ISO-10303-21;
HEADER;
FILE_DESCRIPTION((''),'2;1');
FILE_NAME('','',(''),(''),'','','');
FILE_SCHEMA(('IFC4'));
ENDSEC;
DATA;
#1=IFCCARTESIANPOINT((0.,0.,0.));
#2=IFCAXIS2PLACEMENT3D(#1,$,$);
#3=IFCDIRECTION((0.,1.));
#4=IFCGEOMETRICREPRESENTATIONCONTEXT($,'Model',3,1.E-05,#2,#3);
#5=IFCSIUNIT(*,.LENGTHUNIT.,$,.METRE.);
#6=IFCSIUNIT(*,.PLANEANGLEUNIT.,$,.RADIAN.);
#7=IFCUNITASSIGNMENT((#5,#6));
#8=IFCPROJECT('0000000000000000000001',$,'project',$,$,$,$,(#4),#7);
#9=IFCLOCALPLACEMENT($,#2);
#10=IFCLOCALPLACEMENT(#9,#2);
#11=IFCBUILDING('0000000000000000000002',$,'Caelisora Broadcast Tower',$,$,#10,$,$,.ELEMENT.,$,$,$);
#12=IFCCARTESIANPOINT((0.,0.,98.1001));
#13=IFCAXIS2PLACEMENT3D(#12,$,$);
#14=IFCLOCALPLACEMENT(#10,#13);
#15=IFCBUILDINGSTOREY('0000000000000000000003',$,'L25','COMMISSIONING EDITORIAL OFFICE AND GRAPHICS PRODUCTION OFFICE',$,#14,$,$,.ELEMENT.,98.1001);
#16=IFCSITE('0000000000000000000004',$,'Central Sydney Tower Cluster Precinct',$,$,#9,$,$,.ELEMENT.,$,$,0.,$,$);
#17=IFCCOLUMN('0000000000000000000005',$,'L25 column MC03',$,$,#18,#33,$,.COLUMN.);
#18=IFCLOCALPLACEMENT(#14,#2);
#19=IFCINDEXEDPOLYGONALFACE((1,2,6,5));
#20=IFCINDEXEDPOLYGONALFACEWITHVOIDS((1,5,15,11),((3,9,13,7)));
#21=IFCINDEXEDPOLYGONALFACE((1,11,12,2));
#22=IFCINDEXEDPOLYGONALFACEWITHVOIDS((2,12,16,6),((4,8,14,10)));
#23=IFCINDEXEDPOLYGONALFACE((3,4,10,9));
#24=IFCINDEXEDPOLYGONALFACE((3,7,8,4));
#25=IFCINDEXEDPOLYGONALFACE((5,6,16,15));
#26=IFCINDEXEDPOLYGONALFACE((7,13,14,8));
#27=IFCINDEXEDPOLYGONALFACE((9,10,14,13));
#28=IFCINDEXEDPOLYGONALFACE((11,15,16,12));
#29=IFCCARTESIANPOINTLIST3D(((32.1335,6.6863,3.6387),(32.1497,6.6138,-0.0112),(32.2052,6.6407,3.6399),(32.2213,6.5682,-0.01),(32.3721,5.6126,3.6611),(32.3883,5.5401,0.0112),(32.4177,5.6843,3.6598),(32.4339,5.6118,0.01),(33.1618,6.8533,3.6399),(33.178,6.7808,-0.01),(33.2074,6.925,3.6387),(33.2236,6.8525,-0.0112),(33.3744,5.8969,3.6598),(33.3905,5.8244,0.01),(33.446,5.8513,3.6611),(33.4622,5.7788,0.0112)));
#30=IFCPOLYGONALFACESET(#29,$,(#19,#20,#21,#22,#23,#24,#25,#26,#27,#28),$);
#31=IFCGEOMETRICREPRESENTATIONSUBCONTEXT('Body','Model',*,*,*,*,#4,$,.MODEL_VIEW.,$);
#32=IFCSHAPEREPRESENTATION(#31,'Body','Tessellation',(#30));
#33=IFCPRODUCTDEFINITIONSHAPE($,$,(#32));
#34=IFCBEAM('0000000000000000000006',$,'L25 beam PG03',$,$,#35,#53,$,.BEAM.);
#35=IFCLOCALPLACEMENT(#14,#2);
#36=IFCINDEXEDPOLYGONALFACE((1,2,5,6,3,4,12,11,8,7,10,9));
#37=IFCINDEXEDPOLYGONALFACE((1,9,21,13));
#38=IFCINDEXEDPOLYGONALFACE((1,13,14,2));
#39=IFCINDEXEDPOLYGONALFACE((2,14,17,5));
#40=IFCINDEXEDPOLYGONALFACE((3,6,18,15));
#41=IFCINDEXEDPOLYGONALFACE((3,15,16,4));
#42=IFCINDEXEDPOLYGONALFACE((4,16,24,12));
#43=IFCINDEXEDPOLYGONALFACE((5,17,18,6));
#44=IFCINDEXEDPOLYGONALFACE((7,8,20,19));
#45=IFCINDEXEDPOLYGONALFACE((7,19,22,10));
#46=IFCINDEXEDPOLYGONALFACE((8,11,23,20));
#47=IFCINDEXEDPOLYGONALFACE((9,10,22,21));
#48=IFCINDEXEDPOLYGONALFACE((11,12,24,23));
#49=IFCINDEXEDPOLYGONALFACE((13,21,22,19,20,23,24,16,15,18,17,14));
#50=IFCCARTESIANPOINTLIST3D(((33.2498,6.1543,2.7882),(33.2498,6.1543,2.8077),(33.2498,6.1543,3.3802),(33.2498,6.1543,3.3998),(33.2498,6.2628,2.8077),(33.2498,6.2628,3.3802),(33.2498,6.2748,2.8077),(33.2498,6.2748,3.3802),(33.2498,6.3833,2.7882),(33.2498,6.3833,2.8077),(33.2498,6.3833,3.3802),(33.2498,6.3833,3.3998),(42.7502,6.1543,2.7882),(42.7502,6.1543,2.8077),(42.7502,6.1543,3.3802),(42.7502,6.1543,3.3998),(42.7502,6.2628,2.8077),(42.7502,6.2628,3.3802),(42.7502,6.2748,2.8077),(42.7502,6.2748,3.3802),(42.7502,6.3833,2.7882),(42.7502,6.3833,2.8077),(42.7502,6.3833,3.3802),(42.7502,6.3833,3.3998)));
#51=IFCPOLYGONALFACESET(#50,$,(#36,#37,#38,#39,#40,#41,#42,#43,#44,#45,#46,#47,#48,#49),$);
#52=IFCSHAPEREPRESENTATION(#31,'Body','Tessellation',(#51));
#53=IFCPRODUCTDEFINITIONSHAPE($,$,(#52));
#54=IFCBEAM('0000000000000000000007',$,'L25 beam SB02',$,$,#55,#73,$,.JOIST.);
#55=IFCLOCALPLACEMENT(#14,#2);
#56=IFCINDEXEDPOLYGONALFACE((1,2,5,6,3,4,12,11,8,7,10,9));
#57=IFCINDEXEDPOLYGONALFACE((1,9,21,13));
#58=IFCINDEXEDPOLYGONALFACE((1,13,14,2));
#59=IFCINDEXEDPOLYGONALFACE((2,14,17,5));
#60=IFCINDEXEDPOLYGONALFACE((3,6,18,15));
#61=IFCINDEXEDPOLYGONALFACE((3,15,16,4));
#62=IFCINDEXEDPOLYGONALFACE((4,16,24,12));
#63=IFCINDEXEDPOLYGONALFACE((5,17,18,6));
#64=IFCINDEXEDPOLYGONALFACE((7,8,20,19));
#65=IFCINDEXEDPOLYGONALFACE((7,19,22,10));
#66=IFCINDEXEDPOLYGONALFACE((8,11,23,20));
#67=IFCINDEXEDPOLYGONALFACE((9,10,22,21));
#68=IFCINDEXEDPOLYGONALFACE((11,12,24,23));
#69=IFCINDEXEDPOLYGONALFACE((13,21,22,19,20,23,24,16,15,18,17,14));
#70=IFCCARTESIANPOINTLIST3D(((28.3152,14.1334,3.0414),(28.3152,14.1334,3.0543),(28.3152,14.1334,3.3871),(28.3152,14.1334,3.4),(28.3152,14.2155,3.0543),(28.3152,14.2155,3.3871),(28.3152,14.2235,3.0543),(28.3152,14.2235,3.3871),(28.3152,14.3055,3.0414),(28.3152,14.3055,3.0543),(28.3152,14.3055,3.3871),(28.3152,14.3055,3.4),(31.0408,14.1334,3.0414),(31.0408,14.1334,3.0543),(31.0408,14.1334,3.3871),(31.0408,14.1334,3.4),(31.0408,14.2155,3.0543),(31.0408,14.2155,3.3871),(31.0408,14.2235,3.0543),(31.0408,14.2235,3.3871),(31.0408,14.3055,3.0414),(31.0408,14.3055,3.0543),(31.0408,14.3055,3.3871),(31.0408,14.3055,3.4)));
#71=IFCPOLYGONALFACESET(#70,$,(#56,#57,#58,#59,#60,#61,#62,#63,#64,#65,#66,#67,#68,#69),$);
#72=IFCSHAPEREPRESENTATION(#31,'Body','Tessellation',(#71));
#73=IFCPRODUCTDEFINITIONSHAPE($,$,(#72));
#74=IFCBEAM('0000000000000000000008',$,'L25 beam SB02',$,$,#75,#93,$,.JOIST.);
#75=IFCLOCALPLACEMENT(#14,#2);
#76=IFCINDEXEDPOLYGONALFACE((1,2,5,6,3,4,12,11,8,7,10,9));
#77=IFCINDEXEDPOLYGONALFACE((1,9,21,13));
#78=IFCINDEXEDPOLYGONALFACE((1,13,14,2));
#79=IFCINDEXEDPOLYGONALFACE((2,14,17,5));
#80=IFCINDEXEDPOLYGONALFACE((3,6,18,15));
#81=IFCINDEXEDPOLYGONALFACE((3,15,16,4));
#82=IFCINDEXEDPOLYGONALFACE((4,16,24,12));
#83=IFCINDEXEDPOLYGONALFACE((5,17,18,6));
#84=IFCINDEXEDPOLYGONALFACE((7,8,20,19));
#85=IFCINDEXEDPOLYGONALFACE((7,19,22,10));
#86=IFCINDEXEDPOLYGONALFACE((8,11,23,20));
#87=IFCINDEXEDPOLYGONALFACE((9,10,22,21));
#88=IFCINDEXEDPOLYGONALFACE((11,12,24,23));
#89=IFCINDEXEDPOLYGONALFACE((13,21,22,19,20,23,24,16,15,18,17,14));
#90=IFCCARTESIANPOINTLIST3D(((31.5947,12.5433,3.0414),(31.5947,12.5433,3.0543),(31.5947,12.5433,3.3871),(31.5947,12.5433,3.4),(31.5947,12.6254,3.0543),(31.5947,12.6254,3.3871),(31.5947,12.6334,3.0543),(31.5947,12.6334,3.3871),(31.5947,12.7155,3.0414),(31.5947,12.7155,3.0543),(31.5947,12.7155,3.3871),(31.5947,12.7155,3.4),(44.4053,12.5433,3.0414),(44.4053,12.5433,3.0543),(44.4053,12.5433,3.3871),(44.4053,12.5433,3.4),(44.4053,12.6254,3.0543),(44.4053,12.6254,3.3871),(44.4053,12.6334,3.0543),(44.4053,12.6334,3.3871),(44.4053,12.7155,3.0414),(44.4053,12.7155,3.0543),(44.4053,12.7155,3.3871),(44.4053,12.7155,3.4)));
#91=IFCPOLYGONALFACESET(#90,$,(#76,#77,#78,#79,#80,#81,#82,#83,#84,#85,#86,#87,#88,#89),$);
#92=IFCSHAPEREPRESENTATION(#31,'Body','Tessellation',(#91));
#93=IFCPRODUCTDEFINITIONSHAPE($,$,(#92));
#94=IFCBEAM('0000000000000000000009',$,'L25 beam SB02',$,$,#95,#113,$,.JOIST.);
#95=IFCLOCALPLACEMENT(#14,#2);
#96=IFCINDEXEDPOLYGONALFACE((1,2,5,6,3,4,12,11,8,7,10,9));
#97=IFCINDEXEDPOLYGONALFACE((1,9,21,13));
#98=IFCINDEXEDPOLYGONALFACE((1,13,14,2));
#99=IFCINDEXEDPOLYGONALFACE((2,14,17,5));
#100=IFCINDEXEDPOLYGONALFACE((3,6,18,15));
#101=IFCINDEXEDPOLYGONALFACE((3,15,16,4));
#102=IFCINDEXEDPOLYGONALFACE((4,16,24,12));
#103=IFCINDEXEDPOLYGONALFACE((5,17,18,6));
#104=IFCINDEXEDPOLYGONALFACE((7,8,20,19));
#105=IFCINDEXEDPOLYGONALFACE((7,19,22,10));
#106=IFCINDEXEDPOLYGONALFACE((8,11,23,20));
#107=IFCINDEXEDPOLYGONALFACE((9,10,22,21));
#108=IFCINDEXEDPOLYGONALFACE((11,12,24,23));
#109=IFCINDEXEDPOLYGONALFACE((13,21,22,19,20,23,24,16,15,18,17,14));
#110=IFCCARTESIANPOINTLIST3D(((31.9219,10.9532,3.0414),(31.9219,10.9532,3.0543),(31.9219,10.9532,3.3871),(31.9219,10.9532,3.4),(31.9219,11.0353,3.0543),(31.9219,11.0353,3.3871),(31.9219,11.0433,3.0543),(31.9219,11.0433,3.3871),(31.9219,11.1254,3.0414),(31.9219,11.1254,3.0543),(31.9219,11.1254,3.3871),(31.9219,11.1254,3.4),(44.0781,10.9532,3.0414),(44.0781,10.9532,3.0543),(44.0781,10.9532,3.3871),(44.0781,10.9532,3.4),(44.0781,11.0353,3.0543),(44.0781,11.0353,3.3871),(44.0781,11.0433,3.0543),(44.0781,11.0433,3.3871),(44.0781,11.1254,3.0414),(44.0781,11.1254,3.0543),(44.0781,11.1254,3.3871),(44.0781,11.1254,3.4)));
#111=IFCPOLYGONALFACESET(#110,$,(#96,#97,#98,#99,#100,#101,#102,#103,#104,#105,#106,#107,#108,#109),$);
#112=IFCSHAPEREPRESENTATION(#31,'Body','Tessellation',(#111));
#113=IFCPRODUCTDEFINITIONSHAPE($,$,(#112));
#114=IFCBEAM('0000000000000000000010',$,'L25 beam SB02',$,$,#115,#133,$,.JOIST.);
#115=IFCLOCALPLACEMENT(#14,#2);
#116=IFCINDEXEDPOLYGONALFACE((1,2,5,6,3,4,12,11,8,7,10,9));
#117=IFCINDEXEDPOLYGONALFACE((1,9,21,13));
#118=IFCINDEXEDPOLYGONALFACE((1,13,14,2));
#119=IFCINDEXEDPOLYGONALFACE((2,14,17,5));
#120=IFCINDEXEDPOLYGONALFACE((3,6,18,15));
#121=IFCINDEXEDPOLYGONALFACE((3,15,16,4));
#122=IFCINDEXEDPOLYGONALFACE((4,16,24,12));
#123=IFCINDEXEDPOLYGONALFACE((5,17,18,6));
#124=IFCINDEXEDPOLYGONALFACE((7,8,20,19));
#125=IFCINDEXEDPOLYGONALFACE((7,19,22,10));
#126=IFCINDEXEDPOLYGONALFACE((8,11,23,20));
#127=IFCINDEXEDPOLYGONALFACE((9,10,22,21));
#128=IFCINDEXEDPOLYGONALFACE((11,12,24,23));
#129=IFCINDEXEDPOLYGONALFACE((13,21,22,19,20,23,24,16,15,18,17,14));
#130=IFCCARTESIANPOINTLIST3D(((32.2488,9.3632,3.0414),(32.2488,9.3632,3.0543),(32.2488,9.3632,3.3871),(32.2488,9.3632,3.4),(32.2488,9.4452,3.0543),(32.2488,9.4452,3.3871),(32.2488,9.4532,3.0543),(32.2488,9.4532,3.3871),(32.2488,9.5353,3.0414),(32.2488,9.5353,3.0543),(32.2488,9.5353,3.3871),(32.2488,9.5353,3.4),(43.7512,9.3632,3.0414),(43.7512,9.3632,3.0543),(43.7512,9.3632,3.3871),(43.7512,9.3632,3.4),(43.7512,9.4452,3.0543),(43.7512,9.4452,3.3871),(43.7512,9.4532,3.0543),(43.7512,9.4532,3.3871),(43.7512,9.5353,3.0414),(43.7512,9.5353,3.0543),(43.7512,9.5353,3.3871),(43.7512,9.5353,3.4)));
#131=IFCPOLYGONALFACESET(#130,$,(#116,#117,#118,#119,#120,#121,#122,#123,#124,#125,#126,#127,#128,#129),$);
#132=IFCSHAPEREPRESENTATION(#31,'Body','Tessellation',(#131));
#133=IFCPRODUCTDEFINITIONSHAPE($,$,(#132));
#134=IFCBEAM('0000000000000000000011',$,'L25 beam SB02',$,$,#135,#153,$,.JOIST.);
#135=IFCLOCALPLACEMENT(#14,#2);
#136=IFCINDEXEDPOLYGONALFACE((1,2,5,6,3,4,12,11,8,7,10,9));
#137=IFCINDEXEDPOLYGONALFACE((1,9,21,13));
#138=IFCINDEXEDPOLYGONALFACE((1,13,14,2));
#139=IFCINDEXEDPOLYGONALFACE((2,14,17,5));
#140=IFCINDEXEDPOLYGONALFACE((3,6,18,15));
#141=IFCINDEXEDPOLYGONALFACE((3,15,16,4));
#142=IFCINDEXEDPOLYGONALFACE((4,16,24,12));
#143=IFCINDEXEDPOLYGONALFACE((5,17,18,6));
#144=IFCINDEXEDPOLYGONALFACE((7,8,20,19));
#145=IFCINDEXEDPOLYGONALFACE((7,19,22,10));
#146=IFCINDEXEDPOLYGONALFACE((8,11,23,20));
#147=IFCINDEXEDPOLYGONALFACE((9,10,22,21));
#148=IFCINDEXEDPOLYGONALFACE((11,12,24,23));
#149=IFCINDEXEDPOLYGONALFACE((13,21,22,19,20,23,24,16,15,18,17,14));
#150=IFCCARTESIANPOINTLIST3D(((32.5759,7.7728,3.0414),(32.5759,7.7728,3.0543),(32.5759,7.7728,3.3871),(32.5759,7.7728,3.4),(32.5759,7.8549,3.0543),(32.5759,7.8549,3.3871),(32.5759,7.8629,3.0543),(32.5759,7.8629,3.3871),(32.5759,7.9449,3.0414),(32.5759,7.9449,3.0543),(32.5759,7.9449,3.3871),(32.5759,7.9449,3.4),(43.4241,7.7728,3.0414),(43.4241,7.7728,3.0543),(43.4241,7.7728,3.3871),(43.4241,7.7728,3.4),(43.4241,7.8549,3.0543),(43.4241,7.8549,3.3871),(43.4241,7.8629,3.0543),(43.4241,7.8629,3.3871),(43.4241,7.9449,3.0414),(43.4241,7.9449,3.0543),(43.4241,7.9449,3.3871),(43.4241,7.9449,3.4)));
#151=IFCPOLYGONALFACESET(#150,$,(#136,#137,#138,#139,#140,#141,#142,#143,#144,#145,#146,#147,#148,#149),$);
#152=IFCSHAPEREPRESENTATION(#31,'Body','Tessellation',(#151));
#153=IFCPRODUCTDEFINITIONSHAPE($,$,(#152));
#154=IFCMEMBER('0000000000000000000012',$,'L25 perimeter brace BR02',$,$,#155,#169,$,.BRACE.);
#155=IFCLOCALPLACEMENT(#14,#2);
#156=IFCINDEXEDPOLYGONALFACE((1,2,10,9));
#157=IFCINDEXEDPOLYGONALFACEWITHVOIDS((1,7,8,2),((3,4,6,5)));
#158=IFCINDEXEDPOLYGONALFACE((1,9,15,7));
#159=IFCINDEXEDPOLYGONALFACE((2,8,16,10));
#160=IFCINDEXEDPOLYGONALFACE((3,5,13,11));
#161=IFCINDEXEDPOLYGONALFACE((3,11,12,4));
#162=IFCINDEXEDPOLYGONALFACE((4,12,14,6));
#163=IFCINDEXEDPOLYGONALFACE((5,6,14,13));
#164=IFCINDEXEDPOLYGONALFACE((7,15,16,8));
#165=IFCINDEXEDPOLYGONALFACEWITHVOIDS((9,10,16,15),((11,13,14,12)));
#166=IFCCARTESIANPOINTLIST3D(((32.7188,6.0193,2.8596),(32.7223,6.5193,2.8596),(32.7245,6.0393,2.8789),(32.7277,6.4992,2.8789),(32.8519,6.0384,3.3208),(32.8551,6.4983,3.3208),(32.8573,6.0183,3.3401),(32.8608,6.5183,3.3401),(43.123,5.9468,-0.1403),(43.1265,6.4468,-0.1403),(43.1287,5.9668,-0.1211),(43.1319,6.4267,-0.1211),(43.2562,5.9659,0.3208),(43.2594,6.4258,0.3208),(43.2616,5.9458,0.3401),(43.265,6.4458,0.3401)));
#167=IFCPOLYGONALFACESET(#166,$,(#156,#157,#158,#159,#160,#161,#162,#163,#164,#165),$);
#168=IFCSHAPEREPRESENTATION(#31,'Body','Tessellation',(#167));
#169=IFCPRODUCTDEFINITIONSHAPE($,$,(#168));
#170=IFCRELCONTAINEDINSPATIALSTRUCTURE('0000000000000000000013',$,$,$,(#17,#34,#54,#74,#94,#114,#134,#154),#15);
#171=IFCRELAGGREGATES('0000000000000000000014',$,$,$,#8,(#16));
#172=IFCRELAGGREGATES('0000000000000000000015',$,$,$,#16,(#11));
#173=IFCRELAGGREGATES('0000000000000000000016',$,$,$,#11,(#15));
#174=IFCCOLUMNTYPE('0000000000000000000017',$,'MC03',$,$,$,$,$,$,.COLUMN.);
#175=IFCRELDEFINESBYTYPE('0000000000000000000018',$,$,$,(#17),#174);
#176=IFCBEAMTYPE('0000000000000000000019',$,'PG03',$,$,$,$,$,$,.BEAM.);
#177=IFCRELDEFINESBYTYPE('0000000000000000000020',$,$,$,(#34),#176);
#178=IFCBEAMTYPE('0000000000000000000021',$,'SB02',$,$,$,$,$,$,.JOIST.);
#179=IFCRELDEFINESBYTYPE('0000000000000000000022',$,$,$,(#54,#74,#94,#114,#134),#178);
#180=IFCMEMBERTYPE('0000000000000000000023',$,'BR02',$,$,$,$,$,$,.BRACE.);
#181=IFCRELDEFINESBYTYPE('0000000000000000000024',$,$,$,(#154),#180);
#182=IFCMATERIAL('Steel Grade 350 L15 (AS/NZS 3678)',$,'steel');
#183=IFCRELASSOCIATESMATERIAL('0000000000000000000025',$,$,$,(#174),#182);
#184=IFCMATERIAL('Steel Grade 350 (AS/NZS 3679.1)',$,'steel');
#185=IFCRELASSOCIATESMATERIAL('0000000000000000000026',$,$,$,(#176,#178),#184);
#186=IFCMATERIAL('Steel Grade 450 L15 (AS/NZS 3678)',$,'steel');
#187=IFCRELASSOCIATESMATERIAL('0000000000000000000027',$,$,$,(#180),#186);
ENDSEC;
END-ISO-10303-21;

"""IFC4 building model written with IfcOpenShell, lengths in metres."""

from ifc_helpers import new_model, si_unit, direction, frame, origin, origin_2d, place, context, subcontext, project, spatial, hollow_rectangle, i_section, extrude, source, transform, mapped, material, material_profile, profile_set, type_object, type_shapes, element, save


model = new_model("IFC4")

# Units and contexts
model_context = context("Model", 3, precision=1e-05, world=origin(), true_north=direction((0.0, 1.0)))
body_context = subcontext(model_context, "Body", "Model", "MODEL_VIEW")
ifc_project = project(units=[si_unit("LENGTHUNIT", "METRE"), si_unit("PLANEANGLEUNIT", "RADIAN")], contexts=[model_context])

# Site, building, storey
site_placement = place(None, origin())
site = spatial("IfcSite", under=ifc_project, at=site_placement, Name="Central Sydney Tower Cluster Precinct", CompositionType="ELEMENT", RefElevation=0.0)
building_placement = place(site_placement, origin())
building = spatial("IfcBuilding", under=site, at=building_placement, Name="Caelisora Broadcast Tower", CompositionType="ELEMENT")
storey_placement = place(building_placement, frame((0.0, 0.0, 98.1001)))
storey = spatial("IfcBuildingStorey", under=building, at=storey_placement, Name="L25", Description="COMMISSIONING EDITORIAL OFFICE AND GRAPHICS PRODUCTION OFFICE", CompositionType="ELEMENT", Elevation=98.1001)

# Column
ifc_material_1 = material(Name="Steel Grade 350 L15 (AS/NZS 3678)", Category="steel")
ifc_material_profile_1 = material_profile(ifc_material_1, hollow_rectangle(XDim=1.1001, YDim=1.1001, WallThickness=0.0601, at=origin_2d()), Name="Steel Grade 350 L15 (AS/NZS 3678)")
ifc_profile_set_1 = profile_set([ifc_material_profile_1], Name="Steel Grade 350 L15 (AS/NZS 3678)")
column_type = type_object("IfcColumnType", Name="MC03", PredefinedType="COLUMN", material=ifc_profile_set_1)
shared_shape_1 = source(origin(), body_context, "Body", "SweptSolid", [
    extrude(hollow_rectangle(XDim=1.1001, YDim=1.1001, WallThickness=0.0601, at=origin_2d()), origin(), (0.0, 0.0, 1.0), 3.6506),
])
type_shapes(column_type, [shared_shape_1])
column_placement = place(storey_placement, frame((32.8059, 6.1963, 0.0), z_axis=(-0.004414, 0.019862, 0.999793), x_axis=(-0.976187, -0.21693, 0.0)))
element("IfcColumn", 1, at=column_placement, inside=storey, type_object=column_type, Name="L25 column MC03", PredefinedType="COLUMN", context=body_context, shape_type="MappedRepresentation", body=[
    mapped(shared_shape_1, transform((0.0, 0.0, 0.0), scale=1.0)),
])

# Beams
ifc_material_2 = material(Name="Steel Grade 350 (AS/NZS 3679.1)", Category="steel")
ifc_material_profile_2 = material_profile(ifc_material_2, i_section(OverallWidth=0.229, OverallDepth=0.6116, WebThickness=0.012, FlangeThickness=0.0195, at=origin_2d()), Name="Steel Grade 350 (AS/NZS 3679.1)")
ifc_profile_set_2 = profile_set([ifc_material_profile_2], Name="Steel Grade 350 (AS/NZS 3679.1)")
beam_type_1 = type_object("IfcBeamType", Name="PG03", PredefinedType="BEAM", material=ifc_profile_set_2)
shared_shape_2 = source(origin(), body_context, "Body", "SweptSolid", [
    extrude(i_section(OverallWidth=0.229, OverallDepth=0.6116, WebThickness=0.012, FlangeThickness=0.0195, at=origin_2d()), origin(), (0.0, 0.0, 1.0), 9.5005),
])
type_shapes(beam_type_1, [shared_shape_2])
beam_1_placement = place(storey_placement, frame((33.2498, 6.2688, 3.094), z_axis=(1.0, 0.0, 0.0), x_axis=(0.0, 1.0, 0.0)))
element("IfcBeam", 2, at=beam_1_placement, inside=storey, type_object=beam_type_1, Name="L25 beam PG03", PredefinedType="BEAM", context=body_context, shape_type="MappedRepresentation", body=[
    mapped(shared_shape_2, transform((0.0, 0.0, 0.0), scale=1.0)),
])
ifc_material_profile_3 = material_profile(ifc_material_2, i_section(OverallWidth=0.1721, OverallDepth=0.3586, WebThickness=0.0081, FlangeThickness=0.0129, at=origin_2d()), Name="Steel Grade 350 (AS/NZS 3679.1)")
ifc_profile_set_3 = profile_set([ifc_material_profile_3], Name="Steel Grade 350 (AS/NZS 3679.1)")
beam_type_2 = type_object("IfcBeamType", Name="SB02", PredefinedType="JOIST", material=ifc_profile_set_3)
shared_shape_3 = source(origin(), body_context, "Body", "SweptSolid", [
    extrude(i_section(OverallWidth=0.1721, OverallDepth=0.3586, WebThickness=0.0081, FlangeThickness=0.0129, at=origin_2d()), origin(), (0.0, 0.0, 1.0), 2.7256),
])
beam_2_placement = place(storey_placement, frame((28.3152, 14.2195, 3.2207), z_axis=(1.0, 0.0, 0.0), x_axis=(0.0, 1.0, 0.0)))
element("IfcBeam", 3, at=beam_2_placement, inside=storey, type_object=beam_type_2, Name="L25 beam SB02", PredefinedType="JOIST", context=body_context, shape_type="MappedRepresentation", body=[
    mapped(shared_shape_3, transform((0.0, 0.0, 0.0), scale=1.0)),
])
shared_shape_4 = source(origin(), body_context, "Body", "SweptSolid", [
    extrude(i_section(OverallWidth=0.1721, OverallDepth=0.3586, WebThickness=0.0081, FlangeThickness=0.0129, at=origin_2d()), origin(), (0.0, 0.0, 1.0), 12.8105),
])
beam_3_placement = place(storey_placement, frame((31.5947, 12.6294, 3.2207), z_axis=(1.0, 0.0, 0.0), x_axis=(0.0, 1.0, 0.0)))
element("IfcBeam", 4, at=beam_3_placement, inside=storey, type_object=beam_type_2, Name="L25 beam SB02", PredefinedType="JOIST", context=body_context, shape_type="MappedRepresentation", body=[
    mapped(shared_shape_4, transform((0.0, 0.0, 0.0), scale=1.0)),
])
shared_shape_5 = source(origin(), body_context, "Body", "SweptSolid", [
    extrude(i_section(OverallWidth=0.1721, OverallDepth=0.3586, WebThickness=0.0081, FlangeThickness=0.0129, at=origin_2d()), origin(), (0.0, 0.0, 1.0), 12.1562),
])
beam_4_placement = place(storey_placement, frame((31.9219, 11.0393, 3.2207), z_axis=(1.0, 0.0, 0.0), x_axis=(0.0, 1.0, 0.0)))
element("IfcBeam", 5, at=beam_4_placement, inside=storey, type_object=beam_type_2, Name="L25 beam SB02", PredefinedType="JOIST", context=body_context, shape_type="MappedRepresentation", body=[
    mapped(shared_shape_5, transform((0.0, 0.0, 0.0), scale=1.0)),
])
shared_shape_6 = source(origin(), body_context, "Body", "SweptSolid", [
    extrude(i_section(OverallWidth=0.1721, OverallDepth=0.3586, WebThickness=0.0081, FlangeThickness=0.0129, at=origin_2d()), origin(), (0.0, 0.0, 1.0), 11.5024),
])
beam_5_placement = place(storey_placement, frame((32.2488, 9.4492, 3.2207), z_axis=(1.0, 0.0, 0.0), x_axis=(0.0, 1.0, 0.0)))
element("IfcBeam", 6, at=beam_5_placement, inside=storey, type_object=beam_type_2, Name="L25 beam SB02", PredefinedType="JOIST", context=body_context, shape_type="MappedRepresentation", body=[
    mapped(shared_shape_6, transform((0.0, 0.0, 0.0), scale=1.0)),
])
shared_shape_7 = source(origin(), body_context, "Body", "SweptSolid", [
    extrude(i_section(OverallWidth=0.1721, OverallDepth=0.3586, WebThickness=0.0081, FlangeThickness=0.0129, at=origin_2d()), origin(), (0.0, 0.0, 1.0), 10.8481),
])
type_shapes(beam_type_2, [shared_shape_3, shared_shape_4, shared_shape_5, shared_shape_6, shared_shape_7])
beam_6_placement = place(storey_placement, frame((32.5759, 7.8589, 3.2207), z_axis=(1.0, 0.0, 0.0), x_axis=(0.0, 1.0, 0.0)))
element("IfcBeam", 7, at=beam_6_placement, inside=storey, type_object=beam_type_2, Name="L25 beam SB02", PredefinedType="JOIST", context=body_context, shape_type="MappedRepresentation", body=[
    mapped(shared_shape_7, transform((0.0, 0.0, 0.0), scale=1.0)),
])

# Member
ifc_material_3 = material(Name="Steel Grade 450 L15 (AS/NZS 3678)", Category="steel")
ifc_material_profile_4 = material_profile(ifc_material_3, hollow_rectangle(XDim=0.5, YDim=0.5, WallThickness=0.02, at=origin_2d()), Name="Steel Grade 450 L15 (AS/NZS 3678)")
ifc_profile_set_4 = profile_set([ifc_material_profile_4], Name="Steel Grade 450 L15 (AS/NZS 3678)")
member_type_1 = type_object("IfcMemberType", Name="BR02", PredefinedType="BRACE", material=ifc_profile_set_4)
shared_shape_8 = source(origin(), body_context, "Body", "SweptSolid", [
    extrude(hollow_rectangle(XDim=0.5, YDim=0.5, WallThickness=0.02, at=origin_2d()), origin(), (0.0, 0.0, 1.0), 10.8284),
])
type_shapes(member_type_1, [shared_shape_8])
member_1_placement = place(storey_placement, frame((32.7898, 6.2688, 3.0999), z_axis=(0.960833, -0.006696, -0.277049), x_axis=(0.006969, 0.999976, 0.0)))
element("IfcMember", 8, at=member_1_placement, inside=storey, type_object=member_type_1, Name="L25 perimeter brace BR02", PredefinedType="BRACE", context=body_context, shape_type="MappedRepresentation", body=[
    mapped(shared_shape_8, transform((0.0, 0.0, 0.0), scale=1.0)),
])

save(model, "model.ifc")
